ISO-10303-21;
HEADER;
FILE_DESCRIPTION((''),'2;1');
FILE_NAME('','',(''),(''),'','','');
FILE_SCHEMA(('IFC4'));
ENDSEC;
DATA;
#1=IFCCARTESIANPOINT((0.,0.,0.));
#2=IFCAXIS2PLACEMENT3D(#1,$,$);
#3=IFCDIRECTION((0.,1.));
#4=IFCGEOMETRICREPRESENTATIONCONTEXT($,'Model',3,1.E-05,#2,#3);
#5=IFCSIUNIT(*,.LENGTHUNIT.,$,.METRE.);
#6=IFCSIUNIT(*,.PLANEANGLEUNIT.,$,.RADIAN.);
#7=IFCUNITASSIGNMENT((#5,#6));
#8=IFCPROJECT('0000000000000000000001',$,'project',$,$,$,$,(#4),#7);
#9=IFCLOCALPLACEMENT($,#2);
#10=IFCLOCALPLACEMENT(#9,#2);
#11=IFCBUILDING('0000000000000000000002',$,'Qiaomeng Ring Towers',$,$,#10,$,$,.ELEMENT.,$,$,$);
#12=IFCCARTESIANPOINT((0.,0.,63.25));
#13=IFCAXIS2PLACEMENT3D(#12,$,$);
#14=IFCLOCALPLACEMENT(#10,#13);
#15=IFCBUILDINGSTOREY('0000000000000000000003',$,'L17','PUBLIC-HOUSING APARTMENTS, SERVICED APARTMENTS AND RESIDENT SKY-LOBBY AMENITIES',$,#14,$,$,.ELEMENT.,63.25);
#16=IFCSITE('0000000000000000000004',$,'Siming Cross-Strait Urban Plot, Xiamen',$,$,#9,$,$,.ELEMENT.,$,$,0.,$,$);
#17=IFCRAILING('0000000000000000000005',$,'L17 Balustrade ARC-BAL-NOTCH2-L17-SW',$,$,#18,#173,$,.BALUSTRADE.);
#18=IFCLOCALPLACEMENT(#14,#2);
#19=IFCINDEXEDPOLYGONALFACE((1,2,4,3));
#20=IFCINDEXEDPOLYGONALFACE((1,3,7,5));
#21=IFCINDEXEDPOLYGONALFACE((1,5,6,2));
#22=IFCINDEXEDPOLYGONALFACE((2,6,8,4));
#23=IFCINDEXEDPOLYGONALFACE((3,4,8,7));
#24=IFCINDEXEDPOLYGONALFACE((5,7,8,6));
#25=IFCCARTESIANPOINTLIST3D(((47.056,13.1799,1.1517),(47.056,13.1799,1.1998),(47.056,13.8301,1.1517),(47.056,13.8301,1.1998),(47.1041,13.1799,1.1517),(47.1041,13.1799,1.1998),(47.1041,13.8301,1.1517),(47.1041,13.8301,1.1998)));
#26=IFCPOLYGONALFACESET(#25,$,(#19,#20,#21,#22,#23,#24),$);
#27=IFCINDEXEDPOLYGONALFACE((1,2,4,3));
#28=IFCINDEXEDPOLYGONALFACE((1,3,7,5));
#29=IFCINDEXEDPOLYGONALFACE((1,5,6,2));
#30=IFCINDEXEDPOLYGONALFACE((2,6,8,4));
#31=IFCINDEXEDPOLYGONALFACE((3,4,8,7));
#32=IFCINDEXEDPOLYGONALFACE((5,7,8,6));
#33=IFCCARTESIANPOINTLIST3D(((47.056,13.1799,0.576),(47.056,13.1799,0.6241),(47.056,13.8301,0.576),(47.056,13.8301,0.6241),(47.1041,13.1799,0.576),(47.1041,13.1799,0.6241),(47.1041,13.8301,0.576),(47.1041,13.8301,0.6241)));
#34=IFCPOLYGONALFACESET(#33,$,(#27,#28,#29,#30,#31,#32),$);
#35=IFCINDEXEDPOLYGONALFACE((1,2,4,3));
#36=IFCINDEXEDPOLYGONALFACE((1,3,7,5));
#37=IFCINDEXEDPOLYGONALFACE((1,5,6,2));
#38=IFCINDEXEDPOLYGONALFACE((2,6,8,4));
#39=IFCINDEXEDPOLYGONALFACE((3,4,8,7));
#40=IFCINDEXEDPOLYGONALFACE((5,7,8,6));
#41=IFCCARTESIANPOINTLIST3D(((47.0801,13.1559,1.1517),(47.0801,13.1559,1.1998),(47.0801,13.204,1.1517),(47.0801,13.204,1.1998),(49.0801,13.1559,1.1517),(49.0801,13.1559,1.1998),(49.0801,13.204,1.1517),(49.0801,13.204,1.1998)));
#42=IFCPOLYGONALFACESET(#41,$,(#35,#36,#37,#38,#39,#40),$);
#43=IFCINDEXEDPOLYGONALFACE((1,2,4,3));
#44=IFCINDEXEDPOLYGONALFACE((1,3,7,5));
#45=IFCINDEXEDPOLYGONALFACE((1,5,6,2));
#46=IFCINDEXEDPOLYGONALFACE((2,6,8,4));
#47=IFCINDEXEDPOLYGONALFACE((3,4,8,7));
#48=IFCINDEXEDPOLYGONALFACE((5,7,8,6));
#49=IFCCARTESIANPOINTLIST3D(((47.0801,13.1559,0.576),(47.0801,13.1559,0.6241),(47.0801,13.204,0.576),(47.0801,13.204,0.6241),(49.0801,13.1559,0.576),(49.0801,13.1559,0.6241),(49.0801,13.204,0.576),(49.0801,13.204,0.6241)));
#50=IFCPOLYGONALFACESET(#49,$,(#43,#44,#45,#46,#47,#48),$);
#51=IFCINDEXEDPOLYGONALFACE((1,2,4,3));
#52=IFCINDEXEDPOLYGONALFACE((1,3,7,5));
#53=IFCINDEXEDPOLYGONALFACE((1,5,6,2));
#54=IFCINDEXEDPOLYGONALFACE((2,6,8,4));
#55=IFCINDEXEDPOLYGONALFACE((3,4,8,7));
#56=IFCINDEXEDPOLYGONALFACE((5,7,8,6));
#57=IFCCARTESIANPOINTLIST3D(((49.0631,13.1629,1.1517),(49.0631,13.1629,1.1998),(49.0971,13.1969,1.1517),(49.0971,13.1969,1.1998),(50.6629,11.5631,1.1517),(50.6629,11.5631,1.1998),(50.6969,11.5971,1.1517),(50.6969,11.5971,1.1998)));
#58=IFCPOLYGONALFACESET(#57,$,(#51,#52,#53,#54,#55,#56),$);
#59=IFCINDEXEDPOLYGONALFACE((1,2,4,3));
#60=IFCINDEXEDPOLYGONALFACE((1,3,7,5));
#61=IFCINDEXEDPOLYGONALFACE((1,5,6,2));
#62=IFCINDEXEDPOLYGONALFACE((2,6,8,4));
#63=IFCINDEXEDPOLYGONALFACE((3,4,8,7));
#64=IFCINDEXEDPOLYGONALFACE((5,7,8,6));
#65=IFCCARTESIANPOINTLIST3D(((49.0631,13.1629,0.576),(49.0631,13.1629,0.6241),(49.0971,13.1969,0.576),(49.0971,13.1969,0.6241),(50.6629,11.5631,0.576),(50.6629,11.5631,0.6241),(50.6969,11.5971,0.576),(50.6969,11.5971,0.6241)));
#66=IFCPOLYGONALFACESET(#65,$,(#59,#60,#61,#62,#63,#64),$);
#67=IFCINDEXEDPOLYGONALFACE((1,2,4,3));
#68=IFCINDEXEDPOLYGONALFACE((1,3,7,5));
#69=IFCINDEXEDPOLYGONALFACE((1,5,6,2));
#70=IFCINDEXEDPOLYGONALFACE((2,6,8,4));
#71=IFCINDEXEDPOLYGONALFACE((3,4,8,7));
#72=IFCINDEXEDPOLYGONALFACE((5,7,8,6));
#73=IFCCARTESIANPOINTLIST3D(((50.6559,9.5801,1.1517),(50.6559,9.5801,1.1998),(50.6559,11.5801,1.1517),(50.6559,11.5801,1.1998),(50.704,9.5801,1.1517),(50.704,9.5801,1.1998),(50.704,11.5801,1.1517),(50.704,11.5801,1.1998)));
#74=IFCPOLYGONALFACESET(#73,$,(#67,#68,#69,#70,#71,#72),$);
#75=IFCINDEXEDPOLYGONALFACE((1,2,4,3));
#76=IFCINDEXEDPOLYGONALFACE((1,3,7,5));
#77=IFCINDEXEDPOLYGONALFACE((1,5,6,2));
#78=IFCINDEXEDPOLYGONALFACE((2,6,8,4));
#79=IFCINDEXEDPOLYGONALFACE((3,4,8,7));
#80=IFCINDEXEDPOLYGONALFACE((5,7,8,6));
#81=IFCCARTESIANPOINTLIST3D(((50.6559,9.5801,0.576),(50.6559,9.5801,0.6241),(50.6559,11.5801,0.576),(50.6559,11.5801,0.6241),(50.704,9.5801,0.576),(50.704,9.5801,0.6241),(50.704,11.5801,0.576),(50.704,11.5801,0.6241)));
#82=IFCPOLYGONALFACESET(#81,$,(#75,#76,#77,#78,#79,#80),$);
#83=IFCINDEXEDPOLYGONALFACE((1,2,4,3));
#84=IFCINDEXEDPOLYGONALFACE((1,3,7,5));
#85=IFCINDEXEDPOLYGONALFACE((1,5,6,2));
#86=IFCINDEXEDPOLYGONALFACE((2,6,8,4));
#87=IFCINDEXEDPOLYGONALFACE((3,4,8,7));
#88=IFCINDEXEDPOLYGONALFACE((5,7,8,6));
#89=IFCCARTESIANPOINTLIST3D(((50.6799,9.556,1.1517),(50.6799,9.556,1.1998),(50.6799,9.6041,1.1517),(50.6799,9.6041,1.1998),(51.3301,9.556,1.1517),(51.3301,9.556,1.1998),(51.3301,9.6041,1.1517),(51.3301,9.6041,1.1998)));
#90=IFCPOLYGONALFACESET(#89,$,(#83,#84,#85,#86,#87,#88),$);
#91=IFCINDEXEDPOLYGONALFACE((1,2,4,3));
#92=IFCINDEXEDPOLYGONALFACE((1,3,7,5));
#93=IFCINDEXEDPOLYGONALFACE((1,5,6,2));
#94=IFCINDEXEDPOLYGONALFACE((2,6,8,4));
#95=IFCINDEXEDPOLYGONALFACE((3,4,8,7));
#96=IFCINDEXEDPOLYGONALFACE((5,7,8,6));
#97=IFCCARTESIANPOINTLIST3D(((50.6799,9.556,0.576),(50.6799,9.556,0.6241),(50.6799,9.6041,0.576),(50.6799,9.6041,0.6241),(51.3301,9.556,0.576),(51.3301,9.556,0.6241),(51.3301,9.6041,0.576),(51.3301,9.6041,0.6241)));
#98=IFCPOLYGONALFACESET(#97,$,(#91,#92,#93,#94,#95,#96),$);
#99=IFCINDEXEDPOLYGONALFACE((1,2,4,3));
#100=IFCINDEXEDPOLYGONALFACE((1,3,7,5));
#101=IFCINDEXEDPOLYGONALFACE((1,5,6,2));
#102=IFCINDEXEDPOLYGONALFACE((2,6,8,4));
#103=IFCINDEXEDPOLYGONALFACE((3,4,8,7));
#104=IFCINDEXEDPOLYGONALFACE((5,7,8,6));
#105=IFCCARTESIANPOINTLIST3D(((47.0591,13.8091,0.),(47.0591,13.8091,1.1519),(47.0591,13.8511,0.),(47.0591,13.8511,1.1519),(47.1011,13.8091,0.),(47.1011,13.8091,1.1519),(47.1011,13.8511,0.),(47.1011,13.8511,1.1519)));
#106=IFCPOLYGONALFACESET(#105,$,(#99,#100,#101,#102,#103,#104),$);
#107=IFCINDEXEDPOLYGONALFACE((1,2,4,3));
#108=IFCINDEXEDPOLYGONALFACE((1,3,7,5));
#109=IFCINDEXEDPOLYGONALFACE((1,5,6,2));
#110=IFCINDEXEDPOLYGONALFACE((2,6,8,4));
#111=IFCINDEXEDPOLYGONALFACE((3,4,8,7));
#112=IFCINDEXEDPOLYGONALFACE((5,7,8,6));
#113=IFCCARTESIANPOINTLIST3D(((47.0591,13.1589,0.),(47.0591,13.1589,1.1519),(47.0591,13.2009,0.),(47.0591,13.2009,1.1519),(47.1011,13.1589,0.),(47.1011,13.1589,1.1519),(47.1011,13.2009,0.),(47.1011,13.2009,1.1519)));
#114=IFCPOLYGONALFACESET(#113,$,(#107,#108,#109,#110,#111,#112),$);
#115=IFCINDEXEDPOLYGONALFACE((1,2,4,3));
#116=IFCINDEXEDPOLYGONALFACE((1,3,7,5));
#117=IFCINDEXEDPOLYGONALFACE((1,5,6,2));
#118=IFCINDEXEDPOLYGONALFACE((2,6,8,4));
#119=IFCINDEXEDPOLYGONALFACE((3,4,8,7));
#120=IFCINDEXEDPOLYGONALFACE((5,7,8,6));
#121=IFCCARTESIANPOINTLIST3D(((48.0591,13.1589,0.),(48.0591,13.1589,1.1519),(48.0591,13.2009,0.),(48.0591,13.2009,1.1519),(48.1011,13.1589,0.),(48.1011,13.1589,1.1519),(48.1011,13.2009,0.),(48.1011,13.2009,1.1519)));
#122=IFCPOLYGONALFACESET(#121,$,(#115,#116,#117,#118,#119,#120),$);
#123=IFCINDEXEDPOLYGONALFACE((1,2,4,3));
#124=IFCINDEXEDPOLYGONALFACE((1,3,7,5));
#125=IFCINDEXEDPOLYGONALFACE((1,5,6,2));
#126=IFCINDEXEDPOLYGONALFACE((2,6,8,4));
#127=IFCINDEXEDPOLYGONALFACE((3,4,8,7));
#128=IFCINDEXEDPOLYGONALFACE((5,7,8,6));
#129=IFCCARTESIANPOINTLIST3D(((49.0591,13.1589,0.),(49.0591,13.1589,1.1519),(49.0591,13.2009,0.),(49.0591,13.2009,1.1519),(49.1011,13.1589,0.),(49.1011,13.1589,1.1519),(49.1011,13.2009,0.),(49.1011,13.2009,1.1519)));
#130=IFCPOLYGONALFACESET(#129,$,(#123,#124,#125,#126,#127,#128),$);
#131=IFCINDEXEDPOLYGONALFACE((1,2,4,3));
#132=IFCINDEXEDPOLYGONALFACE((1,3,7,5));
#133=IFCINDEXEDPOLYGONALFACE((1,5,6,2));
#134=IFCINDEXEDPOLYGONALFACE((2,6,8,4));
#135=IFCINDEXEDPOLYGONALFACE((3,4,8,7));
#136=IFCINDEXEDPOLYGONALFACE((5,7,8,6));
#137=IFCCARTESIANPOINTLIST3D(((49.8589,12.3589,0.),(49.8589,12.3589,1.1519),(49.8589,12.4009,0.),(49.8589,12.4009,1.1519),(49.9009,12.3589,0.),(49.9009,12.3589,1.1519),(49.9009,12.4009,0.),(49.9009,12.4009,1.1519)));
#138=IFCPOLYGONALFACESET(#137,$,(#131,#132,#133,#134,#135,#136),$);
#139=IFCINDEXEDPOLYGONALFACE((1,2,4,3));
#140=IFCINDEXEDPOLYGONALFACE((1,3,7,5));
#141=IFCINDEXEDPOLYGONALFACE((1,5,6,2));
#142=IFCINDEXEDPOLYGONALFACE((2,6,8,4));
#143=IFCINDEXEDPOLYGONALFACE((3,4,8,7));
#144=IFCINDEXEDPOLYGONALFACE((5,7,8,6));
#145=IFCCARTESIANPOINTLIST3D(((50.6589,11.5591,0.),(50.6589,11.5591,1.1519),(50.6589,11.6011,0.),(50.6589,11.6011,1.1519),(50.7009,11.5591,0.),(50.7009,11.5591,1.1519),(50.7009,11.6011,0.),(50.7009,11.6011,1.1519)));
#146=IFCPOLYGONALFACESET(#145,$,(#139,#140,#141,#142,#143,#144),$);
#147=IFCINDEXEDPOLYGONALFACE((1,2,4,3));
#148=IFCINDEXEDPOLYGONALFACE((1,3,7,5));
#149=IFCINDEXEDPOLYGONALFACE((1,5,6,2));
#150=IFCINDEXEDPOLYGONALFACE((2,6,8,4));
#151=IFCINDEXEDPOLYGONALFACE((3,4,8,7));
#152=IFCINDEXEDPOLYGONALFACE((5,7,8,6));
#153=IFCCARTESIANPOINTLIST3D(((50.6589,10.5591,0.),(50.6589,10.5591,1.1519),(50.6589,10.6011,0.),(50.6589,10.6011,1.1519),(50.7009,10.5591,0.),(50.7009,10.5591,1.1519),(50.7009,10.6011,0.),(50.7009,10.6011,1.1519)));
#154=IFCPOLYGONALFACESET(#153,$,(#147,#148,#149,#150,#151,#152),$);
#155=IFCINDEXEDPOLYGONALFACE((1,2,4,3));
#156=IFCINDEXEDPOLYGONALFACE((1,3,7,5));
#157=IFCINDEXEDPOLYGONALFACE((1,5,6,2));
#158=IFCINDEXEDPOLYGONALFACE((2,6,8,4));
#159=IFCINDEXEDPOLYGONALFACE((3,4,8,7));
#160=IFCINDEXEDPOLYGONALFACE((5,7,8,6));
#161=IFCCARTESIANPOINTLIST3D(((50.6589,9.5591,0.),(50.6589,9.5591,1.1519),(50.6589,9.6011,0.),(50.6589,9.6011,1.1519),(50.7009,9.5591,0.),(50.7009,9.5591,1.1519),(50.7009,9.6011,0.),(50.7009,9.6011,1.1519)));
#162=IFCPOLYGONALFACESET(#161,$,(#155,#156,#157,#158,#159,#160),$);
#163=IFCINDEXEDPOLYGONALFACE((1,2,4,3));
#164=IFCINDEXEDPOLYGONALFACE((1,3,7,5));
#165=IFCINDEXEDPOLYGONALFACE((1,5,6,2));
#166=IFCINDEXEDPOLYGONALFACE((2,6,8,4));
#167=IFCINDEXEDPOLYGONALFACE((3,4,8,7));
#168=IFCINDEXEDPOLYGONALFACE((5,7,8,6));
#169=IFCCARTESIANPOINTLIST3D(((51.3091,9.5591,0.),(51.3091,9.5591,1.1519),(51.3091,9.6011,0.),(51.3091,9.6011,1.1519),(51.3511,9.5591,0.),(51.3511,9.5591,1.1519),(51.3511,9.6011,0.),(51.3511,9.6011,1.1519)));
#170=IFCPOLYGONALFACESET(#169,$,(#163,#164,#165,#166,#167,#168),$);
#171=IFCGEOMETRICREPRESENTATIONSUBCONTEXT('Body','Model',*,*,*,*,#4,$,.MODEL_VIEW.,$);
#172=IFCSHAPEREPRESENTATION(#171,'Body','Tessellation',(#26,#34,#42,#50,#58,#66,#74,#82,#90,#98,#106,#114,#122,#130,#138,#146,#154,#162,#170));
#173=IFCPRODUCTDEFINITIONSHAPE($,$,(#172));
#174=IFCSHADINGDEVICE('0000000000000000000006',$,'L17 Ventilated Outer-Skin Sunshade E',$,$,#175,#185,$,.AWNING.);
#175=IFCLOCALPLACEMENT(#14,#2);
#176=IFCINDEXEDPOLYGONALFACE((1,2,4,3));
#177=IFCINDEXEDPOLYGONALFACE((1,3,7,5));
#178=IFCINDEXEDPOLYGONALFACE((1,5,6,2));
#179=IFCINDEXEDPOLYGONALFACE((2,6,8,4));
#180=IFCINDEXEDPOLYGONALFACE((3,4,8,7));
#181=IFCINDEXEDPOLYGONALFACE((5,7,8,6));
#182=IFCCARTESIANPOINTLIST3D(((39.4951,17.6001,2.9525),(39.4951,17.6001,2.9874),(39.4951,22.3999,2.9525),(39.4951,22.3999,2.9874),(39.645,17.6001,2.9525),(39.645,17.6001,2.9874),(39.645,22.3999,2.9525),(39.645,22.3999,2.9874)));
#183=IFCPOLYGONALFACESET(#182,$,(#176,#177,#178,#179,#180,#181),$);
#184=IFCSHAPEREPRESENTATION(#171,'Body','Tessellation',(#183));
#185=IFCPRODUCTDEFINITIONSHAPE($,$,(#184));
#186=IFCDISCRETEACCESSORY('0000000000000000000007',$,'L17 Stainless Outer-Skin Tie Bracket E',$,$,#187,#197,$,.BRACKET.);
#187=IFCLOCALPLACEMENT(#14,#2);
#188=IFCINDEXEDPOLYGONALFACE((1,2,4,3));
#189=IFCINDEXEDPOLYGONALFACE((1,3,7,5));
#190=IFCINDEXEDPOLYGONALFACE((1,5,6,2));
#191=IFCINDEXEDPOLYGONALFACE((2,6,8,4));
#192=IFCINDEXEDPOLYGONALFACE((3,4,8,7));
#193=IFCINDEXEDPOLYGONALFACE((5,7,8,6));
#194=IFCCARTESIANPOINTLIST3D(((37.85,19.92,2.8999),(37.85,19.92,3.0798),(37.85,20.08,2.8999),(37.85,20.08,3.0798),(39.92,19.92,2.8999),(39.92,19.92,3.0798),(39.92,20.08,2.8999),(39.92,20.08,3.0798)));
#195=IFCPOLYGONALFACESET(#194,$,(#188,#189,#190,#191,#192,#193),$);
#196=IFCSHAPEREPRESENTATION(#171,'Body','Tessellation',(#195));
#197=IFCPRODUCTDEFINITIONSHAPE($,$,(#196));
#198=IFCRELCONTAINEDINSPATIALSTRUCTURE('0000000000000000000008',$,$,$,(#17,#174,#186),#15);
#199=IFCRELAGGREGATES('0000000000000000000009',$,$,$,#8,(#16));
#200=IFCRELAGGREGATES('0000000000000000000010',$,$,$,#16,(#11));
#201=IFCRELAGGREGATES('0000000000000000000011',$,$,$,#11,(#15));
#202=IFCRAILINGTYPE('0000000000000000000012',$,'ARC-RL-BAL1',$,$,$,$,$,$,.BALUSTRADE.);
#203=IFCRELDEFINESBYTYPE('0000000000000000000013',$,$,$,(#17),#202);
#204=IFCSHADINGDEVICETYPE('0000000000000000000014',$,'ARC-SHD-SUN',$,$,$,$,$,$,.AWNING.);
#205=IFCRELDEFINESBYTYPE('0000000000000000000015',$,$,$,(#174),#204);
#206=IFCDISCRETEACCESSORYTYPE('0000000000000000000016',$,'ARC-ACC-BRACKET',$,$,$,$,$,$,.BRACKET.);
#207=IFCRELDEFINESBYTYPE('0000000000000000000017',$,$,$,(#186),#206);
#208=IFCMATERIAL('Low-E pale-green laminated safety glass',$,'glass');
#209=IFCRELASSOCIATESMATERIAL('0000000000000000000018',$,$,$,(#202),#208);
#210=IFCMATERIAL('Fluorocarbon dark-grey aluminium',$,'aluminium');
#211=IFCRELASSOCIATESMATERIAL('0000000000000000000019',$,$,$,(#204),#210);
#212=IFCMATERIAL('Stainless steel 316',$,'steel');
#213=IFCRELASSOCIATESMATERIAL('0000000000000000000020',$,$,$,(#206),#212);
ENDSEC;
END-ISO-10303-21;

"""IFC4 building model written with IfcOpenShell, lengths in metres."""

from ifc_helpers import new_model, si_unit, direction, frame, origin, origin_2d, place, context, subcontext, project, spatial, rectangle, extrude, source, transform, mapped, material, material_profile, profile_set, type_object, element, save


model = new_model("IFC4")

# Units and contexts
model_context = context("Model", 3, precision=1e-05, world=origin(), true_north=direction((0.0, 1.0)))
body_context = subcontext(model_context, "Body", "Model", "MODEL_VIEW")
ifc_project = project(units=[si_unit("LENGTHUNIT", "METRE"), si_unit("PLANEANGLEUNIT", "RADIAN")], contexts=[model_context])

# Site, building, storey
site_placement = place(None, origin())
site = spatial("IfcSite", under=ifc_project, at=site_placement, Name="Siming Cross-Strait Urban Plot, Xiamen", CompositionType="ELEMENT", RefElevation=0.0)
building_placement = place(site_placement, origin())
building = spatial("IfcBuilding", under=site, at=building_placement, Name="Qiaomeng Ring Towers", CompositionType="ELEMENT")
storey_placement = place(building_placement, frame((0.0, 0.0, 63.25)))
storey = spatial("IfcBuildingStorey", under=building, at=storey_placement, Name="L17", Description="PUBLIC-HOUSING APARTMENTS, SERVICED APARTMENTS AND RESIDENT SKY-LOBBY AMENITIES", CompositionType="ELEMENT", Elevation=63.25)

# Shared definitions
ifc_material_1 = material(Name="Stainless steel 316", Category="steel")

# Railing
ifc_material_2 = material(Name="Low-E pale-green laminated safety glass", Category="glass")
railing_type = type_object("IfcRailingType", Name="ARC-RL-BAL1", PredefinedType="BALUSTRADE", material=ifc_material_2)
railing_1_placement = place(storey_placement, frame((47.0801, 13.8301, 0.0)))
element("IfcRailing", 1, at=railing_1_placement, inside=storey, type_object=railing_type, Name="L17 Balustrade ARC-BAL-NOTCH2-L17-SW", PredefinedType="BALUSTRADE", context=body_context, shape_type="SweptSolid", body=[
    extrude(rectangle(XDim=0.0481, YDim=0.0481, at=origin_2d()), frame((0.0, 0.0, 1.1758), z_axis=(0.0, -1.0, 0.0), x_axis=(1.0, 0.0, 0.0)), (0.0, 0.0, 1.0), 0.6501),
    extrude(rectangle(XDim=0.0481, YDim=0.0481, at=origin_2d()), frame((0.0, 0.0, 0.6001), z_axis=(0.0, -1.0, 0.0), x_axis=(1.0, 0.0, 0.0)), (0.0, 0.0, 1.0), 0.6501),
    extrude(rectangle(XDim=0.0481, YDim=0.0481, at=origin_2d()), frame((0.0, -0.6501, 1.1758), z_axis=(1.0, 0.0, 0.0), x_axis=(0.0, 1.0, 0.0)), (0.0, 0.0, 1.0), 2.0),
    extrude(rectangle(XDim=0.0481, YDim=0.0481, at=origin_2d()), frame((0.0, -0.6501, 0.6001), z_axis=(1.0, 0.0, 0.0), x_axis=(0.0, 1.0, 0.0)), (0.0, 0.0, 1.0), 2.0),
    extrude(rectangle(XDim=0.0481, YDim=0.0481, at=origin_2d()), frame((2.0, -0.6501, 1.1758), z_axis=(0.707107, -0.707107, 0.0), x_axis=(0.707107, 0.707107, 0.0)), (0.0, 0.0, 1.0), 2.2625),
    extrude(rectangle(XDim=0.0481, YDim=0.0481, at=origin_2d()), frame((2.0, -0.6501, 0.6001), z_axis=(0.707107, -0.707107, 0.0), x_axis=(0.707107, 0.707107, 0.0)), (0.0, 0.0, 1.0), 2.2625),
    extrude(rectangle(XDim=0.0481, YDim=0.0481, at=origin_2d()), frame((3.5999, -2.25, 1.1758), z_axis=(0.0, -1.0, 0.0), x_axis=(1.0, 0.0, 0.0)), (0.0, 0.0, 1.0), 2.0),
    extrude(rectangle(XDim=0.0481, YDim=0.0481, at=origin_2d()), frame((3.5999, -2.25, 0.6001), z_axis=(0.0, -1.0, 0.0), x_axis=(1.0, 0.0, 0.0)), (0.0, 0.0, 1.0), 2.0),
    extrude(rectangle(XDim=0.0481, YDim=0.0481, at=origin_2d()), frame((3.5999, -4.25, 1.1758), z_axis=(1.0, 0.0, 0.0), x_axis=(0.0, 1.0, 0.0)), (0.0, 0.0, 1.0), 0.6501),
    extrude(rectangle(XDim=0.0481, YDim=0.0481, at=origin_2d()), frame((3.5999, -4.25, 0.6001), z_axis=(1.0, 0.0, 0.0), x_axis=(0.0, 1.0, 0.0)), (0.0, 0.0, 1.0), 0.6501),
    extrude(rectangle(XDim=0.042, YDim=0.042, at=origin_2d()), origin(), (0.0, 0.0, 1.0), 1.1519),
    extrude(rectangle(XDim=0.042, YDim=0.042, at=origin_2d()), frame((0.0, -0.6501, 0.0)), (0.0, 0.0, 1.0), 1.1519),
    extrude(rectangle(XDim=0.042, YDim=0.042, at=origin_2d()), frame((1.0, -0.6501, 0.0)), (0.0, 0.0, 1.0), 1.1519),
    extrude(rectangle(XDim=0.042, YDim=0.042, at=origin_2d()), frame((2.0, -0.6501, 0.0)), (0.0, 0.0, 1.0), 1.1519),
    extrude(rectangle(XDim=0.042, YDim=0.042, at=origin_2d()), frame((2.7998, -1.4502, 0.0)), (0.0, 0.0, 1.0), 1.1519),
    extrude(rectangle(XDim=0.042, YDim=0.042, at=origin_2d()), frame((3.5999, -2.25, 0.0)), (0.0, 0.0, 1.0), 1.1519),
    extrude(rectangle(XDim=0.042, YDim=0.042, at=origin_2d()), frame((3.5999, -3.25, 0.0)), (0.0, 0.0, 1.0), 1.1519),
    extrude(rectangle(XDim=0.042, YDim=0.042, at=origin_2d()), frame((3.5999, -4.25, 0.0)), (0.0, 0.0, 1.0), 1.1519),
    extrude(rectangle(XDim=0.042, YDim=0.042, at=origin_2d()), frame((4.25, -4.25, 0.0)), (0.0, 0.0, 1.0), 1.1519),
])

# Shading device
ifc_material_3 = material(Name="Fluorocarbon dark-grey aluminium", Category="aluminium")
ifc_material_profile_1 = material_profile(ifc_material_3, rectangle(XDim=0.1499, YDim=0.0349, at=origin_2d()), Name="LV BLADE 150x35")
ifc_profile_set_1 = profile_set([ifc_material_profile_1], Name="Fluorocarbon dark-grey aluminium")
shading_device_type = type_object("IfcShadingDeviceType", Name="ARC-SHD-SUN", PredefinedType="AWNING", material=ifc_profile_set_1)
shared_shape_1 = source(origin(), body_context, "Body", "SweptSolid", [
    extrude(rectangle(XDim=0.1499, YDim=0.0349, at=origin_2d()), origin(), (0.0, 0.0, 1.0), 4.7998),
])
shading_device_placement = place(storey_placement, frame((39.5701, 17.6001, 2.97), z_axis=(0.0, 1.0, 0.0), x_axis=(-1.0, 0.0, 0.0)))
element("IfcShadingDevice", 2, at=shading_device_placement, inside=storey, type_object=shading_device_type, Name="L17 Ventilated Outer-Skin Sunshade E", PredefinedType="AWNING", context=body_context, shape_type="MappedRepresentation", body=[
    mapped(shared_shape_1, transform((0.0, 0.0, 0.0), x_axis=(1.0, 0.0, 0.0), y_axis=(0.0, 1.0, 0.0), z_axis=(0.0, 0.0, 1.0), scale=1.0)),
])

# Discrete accessory
discrete_accessory_type = type_object("IfcDiscreteAccessoryType", Name="ARC-ACC-BRACKET", PredefinedType="BRACKET", material=ifc_material_1)
shared_shape_2 = source(origin(), body_context, "Body", "SweptSolid", [
    extrude(rectangle(XDim=2.0701, YDim=0.1599, at=origin_2d()), origin(), (0.0, 0.0, 1.0), 0.1799),
])
discrete_accessory_placement = place(storey_placement, frame((38.885, 20.0, 2.8999), z_axis=(0.0, 0.0, 1.0), x_axis=(1.0, 0.0, 0.0)))
element("IfcDiscreteAccessory", 3, at=discrete_accessory_placement, inside=storey, type_object=discrete_accessory_type, Name="L17 Stainless Outer-Skin Tie Bracket E", PredefinedType="BRACKET", context=body_context, shape_type="MappedRepresentation", body=[
    mapped(shared_shape_2, transform((0.0, 0.0, 0.0), x_axis=(1.0, 0.0, 0.0), y_axis=(0.0, 1.0, 0.0), z_axis=(0.0, 0.0, 1.0), scale=1.0)),
])

save(model, "model.ifc")
